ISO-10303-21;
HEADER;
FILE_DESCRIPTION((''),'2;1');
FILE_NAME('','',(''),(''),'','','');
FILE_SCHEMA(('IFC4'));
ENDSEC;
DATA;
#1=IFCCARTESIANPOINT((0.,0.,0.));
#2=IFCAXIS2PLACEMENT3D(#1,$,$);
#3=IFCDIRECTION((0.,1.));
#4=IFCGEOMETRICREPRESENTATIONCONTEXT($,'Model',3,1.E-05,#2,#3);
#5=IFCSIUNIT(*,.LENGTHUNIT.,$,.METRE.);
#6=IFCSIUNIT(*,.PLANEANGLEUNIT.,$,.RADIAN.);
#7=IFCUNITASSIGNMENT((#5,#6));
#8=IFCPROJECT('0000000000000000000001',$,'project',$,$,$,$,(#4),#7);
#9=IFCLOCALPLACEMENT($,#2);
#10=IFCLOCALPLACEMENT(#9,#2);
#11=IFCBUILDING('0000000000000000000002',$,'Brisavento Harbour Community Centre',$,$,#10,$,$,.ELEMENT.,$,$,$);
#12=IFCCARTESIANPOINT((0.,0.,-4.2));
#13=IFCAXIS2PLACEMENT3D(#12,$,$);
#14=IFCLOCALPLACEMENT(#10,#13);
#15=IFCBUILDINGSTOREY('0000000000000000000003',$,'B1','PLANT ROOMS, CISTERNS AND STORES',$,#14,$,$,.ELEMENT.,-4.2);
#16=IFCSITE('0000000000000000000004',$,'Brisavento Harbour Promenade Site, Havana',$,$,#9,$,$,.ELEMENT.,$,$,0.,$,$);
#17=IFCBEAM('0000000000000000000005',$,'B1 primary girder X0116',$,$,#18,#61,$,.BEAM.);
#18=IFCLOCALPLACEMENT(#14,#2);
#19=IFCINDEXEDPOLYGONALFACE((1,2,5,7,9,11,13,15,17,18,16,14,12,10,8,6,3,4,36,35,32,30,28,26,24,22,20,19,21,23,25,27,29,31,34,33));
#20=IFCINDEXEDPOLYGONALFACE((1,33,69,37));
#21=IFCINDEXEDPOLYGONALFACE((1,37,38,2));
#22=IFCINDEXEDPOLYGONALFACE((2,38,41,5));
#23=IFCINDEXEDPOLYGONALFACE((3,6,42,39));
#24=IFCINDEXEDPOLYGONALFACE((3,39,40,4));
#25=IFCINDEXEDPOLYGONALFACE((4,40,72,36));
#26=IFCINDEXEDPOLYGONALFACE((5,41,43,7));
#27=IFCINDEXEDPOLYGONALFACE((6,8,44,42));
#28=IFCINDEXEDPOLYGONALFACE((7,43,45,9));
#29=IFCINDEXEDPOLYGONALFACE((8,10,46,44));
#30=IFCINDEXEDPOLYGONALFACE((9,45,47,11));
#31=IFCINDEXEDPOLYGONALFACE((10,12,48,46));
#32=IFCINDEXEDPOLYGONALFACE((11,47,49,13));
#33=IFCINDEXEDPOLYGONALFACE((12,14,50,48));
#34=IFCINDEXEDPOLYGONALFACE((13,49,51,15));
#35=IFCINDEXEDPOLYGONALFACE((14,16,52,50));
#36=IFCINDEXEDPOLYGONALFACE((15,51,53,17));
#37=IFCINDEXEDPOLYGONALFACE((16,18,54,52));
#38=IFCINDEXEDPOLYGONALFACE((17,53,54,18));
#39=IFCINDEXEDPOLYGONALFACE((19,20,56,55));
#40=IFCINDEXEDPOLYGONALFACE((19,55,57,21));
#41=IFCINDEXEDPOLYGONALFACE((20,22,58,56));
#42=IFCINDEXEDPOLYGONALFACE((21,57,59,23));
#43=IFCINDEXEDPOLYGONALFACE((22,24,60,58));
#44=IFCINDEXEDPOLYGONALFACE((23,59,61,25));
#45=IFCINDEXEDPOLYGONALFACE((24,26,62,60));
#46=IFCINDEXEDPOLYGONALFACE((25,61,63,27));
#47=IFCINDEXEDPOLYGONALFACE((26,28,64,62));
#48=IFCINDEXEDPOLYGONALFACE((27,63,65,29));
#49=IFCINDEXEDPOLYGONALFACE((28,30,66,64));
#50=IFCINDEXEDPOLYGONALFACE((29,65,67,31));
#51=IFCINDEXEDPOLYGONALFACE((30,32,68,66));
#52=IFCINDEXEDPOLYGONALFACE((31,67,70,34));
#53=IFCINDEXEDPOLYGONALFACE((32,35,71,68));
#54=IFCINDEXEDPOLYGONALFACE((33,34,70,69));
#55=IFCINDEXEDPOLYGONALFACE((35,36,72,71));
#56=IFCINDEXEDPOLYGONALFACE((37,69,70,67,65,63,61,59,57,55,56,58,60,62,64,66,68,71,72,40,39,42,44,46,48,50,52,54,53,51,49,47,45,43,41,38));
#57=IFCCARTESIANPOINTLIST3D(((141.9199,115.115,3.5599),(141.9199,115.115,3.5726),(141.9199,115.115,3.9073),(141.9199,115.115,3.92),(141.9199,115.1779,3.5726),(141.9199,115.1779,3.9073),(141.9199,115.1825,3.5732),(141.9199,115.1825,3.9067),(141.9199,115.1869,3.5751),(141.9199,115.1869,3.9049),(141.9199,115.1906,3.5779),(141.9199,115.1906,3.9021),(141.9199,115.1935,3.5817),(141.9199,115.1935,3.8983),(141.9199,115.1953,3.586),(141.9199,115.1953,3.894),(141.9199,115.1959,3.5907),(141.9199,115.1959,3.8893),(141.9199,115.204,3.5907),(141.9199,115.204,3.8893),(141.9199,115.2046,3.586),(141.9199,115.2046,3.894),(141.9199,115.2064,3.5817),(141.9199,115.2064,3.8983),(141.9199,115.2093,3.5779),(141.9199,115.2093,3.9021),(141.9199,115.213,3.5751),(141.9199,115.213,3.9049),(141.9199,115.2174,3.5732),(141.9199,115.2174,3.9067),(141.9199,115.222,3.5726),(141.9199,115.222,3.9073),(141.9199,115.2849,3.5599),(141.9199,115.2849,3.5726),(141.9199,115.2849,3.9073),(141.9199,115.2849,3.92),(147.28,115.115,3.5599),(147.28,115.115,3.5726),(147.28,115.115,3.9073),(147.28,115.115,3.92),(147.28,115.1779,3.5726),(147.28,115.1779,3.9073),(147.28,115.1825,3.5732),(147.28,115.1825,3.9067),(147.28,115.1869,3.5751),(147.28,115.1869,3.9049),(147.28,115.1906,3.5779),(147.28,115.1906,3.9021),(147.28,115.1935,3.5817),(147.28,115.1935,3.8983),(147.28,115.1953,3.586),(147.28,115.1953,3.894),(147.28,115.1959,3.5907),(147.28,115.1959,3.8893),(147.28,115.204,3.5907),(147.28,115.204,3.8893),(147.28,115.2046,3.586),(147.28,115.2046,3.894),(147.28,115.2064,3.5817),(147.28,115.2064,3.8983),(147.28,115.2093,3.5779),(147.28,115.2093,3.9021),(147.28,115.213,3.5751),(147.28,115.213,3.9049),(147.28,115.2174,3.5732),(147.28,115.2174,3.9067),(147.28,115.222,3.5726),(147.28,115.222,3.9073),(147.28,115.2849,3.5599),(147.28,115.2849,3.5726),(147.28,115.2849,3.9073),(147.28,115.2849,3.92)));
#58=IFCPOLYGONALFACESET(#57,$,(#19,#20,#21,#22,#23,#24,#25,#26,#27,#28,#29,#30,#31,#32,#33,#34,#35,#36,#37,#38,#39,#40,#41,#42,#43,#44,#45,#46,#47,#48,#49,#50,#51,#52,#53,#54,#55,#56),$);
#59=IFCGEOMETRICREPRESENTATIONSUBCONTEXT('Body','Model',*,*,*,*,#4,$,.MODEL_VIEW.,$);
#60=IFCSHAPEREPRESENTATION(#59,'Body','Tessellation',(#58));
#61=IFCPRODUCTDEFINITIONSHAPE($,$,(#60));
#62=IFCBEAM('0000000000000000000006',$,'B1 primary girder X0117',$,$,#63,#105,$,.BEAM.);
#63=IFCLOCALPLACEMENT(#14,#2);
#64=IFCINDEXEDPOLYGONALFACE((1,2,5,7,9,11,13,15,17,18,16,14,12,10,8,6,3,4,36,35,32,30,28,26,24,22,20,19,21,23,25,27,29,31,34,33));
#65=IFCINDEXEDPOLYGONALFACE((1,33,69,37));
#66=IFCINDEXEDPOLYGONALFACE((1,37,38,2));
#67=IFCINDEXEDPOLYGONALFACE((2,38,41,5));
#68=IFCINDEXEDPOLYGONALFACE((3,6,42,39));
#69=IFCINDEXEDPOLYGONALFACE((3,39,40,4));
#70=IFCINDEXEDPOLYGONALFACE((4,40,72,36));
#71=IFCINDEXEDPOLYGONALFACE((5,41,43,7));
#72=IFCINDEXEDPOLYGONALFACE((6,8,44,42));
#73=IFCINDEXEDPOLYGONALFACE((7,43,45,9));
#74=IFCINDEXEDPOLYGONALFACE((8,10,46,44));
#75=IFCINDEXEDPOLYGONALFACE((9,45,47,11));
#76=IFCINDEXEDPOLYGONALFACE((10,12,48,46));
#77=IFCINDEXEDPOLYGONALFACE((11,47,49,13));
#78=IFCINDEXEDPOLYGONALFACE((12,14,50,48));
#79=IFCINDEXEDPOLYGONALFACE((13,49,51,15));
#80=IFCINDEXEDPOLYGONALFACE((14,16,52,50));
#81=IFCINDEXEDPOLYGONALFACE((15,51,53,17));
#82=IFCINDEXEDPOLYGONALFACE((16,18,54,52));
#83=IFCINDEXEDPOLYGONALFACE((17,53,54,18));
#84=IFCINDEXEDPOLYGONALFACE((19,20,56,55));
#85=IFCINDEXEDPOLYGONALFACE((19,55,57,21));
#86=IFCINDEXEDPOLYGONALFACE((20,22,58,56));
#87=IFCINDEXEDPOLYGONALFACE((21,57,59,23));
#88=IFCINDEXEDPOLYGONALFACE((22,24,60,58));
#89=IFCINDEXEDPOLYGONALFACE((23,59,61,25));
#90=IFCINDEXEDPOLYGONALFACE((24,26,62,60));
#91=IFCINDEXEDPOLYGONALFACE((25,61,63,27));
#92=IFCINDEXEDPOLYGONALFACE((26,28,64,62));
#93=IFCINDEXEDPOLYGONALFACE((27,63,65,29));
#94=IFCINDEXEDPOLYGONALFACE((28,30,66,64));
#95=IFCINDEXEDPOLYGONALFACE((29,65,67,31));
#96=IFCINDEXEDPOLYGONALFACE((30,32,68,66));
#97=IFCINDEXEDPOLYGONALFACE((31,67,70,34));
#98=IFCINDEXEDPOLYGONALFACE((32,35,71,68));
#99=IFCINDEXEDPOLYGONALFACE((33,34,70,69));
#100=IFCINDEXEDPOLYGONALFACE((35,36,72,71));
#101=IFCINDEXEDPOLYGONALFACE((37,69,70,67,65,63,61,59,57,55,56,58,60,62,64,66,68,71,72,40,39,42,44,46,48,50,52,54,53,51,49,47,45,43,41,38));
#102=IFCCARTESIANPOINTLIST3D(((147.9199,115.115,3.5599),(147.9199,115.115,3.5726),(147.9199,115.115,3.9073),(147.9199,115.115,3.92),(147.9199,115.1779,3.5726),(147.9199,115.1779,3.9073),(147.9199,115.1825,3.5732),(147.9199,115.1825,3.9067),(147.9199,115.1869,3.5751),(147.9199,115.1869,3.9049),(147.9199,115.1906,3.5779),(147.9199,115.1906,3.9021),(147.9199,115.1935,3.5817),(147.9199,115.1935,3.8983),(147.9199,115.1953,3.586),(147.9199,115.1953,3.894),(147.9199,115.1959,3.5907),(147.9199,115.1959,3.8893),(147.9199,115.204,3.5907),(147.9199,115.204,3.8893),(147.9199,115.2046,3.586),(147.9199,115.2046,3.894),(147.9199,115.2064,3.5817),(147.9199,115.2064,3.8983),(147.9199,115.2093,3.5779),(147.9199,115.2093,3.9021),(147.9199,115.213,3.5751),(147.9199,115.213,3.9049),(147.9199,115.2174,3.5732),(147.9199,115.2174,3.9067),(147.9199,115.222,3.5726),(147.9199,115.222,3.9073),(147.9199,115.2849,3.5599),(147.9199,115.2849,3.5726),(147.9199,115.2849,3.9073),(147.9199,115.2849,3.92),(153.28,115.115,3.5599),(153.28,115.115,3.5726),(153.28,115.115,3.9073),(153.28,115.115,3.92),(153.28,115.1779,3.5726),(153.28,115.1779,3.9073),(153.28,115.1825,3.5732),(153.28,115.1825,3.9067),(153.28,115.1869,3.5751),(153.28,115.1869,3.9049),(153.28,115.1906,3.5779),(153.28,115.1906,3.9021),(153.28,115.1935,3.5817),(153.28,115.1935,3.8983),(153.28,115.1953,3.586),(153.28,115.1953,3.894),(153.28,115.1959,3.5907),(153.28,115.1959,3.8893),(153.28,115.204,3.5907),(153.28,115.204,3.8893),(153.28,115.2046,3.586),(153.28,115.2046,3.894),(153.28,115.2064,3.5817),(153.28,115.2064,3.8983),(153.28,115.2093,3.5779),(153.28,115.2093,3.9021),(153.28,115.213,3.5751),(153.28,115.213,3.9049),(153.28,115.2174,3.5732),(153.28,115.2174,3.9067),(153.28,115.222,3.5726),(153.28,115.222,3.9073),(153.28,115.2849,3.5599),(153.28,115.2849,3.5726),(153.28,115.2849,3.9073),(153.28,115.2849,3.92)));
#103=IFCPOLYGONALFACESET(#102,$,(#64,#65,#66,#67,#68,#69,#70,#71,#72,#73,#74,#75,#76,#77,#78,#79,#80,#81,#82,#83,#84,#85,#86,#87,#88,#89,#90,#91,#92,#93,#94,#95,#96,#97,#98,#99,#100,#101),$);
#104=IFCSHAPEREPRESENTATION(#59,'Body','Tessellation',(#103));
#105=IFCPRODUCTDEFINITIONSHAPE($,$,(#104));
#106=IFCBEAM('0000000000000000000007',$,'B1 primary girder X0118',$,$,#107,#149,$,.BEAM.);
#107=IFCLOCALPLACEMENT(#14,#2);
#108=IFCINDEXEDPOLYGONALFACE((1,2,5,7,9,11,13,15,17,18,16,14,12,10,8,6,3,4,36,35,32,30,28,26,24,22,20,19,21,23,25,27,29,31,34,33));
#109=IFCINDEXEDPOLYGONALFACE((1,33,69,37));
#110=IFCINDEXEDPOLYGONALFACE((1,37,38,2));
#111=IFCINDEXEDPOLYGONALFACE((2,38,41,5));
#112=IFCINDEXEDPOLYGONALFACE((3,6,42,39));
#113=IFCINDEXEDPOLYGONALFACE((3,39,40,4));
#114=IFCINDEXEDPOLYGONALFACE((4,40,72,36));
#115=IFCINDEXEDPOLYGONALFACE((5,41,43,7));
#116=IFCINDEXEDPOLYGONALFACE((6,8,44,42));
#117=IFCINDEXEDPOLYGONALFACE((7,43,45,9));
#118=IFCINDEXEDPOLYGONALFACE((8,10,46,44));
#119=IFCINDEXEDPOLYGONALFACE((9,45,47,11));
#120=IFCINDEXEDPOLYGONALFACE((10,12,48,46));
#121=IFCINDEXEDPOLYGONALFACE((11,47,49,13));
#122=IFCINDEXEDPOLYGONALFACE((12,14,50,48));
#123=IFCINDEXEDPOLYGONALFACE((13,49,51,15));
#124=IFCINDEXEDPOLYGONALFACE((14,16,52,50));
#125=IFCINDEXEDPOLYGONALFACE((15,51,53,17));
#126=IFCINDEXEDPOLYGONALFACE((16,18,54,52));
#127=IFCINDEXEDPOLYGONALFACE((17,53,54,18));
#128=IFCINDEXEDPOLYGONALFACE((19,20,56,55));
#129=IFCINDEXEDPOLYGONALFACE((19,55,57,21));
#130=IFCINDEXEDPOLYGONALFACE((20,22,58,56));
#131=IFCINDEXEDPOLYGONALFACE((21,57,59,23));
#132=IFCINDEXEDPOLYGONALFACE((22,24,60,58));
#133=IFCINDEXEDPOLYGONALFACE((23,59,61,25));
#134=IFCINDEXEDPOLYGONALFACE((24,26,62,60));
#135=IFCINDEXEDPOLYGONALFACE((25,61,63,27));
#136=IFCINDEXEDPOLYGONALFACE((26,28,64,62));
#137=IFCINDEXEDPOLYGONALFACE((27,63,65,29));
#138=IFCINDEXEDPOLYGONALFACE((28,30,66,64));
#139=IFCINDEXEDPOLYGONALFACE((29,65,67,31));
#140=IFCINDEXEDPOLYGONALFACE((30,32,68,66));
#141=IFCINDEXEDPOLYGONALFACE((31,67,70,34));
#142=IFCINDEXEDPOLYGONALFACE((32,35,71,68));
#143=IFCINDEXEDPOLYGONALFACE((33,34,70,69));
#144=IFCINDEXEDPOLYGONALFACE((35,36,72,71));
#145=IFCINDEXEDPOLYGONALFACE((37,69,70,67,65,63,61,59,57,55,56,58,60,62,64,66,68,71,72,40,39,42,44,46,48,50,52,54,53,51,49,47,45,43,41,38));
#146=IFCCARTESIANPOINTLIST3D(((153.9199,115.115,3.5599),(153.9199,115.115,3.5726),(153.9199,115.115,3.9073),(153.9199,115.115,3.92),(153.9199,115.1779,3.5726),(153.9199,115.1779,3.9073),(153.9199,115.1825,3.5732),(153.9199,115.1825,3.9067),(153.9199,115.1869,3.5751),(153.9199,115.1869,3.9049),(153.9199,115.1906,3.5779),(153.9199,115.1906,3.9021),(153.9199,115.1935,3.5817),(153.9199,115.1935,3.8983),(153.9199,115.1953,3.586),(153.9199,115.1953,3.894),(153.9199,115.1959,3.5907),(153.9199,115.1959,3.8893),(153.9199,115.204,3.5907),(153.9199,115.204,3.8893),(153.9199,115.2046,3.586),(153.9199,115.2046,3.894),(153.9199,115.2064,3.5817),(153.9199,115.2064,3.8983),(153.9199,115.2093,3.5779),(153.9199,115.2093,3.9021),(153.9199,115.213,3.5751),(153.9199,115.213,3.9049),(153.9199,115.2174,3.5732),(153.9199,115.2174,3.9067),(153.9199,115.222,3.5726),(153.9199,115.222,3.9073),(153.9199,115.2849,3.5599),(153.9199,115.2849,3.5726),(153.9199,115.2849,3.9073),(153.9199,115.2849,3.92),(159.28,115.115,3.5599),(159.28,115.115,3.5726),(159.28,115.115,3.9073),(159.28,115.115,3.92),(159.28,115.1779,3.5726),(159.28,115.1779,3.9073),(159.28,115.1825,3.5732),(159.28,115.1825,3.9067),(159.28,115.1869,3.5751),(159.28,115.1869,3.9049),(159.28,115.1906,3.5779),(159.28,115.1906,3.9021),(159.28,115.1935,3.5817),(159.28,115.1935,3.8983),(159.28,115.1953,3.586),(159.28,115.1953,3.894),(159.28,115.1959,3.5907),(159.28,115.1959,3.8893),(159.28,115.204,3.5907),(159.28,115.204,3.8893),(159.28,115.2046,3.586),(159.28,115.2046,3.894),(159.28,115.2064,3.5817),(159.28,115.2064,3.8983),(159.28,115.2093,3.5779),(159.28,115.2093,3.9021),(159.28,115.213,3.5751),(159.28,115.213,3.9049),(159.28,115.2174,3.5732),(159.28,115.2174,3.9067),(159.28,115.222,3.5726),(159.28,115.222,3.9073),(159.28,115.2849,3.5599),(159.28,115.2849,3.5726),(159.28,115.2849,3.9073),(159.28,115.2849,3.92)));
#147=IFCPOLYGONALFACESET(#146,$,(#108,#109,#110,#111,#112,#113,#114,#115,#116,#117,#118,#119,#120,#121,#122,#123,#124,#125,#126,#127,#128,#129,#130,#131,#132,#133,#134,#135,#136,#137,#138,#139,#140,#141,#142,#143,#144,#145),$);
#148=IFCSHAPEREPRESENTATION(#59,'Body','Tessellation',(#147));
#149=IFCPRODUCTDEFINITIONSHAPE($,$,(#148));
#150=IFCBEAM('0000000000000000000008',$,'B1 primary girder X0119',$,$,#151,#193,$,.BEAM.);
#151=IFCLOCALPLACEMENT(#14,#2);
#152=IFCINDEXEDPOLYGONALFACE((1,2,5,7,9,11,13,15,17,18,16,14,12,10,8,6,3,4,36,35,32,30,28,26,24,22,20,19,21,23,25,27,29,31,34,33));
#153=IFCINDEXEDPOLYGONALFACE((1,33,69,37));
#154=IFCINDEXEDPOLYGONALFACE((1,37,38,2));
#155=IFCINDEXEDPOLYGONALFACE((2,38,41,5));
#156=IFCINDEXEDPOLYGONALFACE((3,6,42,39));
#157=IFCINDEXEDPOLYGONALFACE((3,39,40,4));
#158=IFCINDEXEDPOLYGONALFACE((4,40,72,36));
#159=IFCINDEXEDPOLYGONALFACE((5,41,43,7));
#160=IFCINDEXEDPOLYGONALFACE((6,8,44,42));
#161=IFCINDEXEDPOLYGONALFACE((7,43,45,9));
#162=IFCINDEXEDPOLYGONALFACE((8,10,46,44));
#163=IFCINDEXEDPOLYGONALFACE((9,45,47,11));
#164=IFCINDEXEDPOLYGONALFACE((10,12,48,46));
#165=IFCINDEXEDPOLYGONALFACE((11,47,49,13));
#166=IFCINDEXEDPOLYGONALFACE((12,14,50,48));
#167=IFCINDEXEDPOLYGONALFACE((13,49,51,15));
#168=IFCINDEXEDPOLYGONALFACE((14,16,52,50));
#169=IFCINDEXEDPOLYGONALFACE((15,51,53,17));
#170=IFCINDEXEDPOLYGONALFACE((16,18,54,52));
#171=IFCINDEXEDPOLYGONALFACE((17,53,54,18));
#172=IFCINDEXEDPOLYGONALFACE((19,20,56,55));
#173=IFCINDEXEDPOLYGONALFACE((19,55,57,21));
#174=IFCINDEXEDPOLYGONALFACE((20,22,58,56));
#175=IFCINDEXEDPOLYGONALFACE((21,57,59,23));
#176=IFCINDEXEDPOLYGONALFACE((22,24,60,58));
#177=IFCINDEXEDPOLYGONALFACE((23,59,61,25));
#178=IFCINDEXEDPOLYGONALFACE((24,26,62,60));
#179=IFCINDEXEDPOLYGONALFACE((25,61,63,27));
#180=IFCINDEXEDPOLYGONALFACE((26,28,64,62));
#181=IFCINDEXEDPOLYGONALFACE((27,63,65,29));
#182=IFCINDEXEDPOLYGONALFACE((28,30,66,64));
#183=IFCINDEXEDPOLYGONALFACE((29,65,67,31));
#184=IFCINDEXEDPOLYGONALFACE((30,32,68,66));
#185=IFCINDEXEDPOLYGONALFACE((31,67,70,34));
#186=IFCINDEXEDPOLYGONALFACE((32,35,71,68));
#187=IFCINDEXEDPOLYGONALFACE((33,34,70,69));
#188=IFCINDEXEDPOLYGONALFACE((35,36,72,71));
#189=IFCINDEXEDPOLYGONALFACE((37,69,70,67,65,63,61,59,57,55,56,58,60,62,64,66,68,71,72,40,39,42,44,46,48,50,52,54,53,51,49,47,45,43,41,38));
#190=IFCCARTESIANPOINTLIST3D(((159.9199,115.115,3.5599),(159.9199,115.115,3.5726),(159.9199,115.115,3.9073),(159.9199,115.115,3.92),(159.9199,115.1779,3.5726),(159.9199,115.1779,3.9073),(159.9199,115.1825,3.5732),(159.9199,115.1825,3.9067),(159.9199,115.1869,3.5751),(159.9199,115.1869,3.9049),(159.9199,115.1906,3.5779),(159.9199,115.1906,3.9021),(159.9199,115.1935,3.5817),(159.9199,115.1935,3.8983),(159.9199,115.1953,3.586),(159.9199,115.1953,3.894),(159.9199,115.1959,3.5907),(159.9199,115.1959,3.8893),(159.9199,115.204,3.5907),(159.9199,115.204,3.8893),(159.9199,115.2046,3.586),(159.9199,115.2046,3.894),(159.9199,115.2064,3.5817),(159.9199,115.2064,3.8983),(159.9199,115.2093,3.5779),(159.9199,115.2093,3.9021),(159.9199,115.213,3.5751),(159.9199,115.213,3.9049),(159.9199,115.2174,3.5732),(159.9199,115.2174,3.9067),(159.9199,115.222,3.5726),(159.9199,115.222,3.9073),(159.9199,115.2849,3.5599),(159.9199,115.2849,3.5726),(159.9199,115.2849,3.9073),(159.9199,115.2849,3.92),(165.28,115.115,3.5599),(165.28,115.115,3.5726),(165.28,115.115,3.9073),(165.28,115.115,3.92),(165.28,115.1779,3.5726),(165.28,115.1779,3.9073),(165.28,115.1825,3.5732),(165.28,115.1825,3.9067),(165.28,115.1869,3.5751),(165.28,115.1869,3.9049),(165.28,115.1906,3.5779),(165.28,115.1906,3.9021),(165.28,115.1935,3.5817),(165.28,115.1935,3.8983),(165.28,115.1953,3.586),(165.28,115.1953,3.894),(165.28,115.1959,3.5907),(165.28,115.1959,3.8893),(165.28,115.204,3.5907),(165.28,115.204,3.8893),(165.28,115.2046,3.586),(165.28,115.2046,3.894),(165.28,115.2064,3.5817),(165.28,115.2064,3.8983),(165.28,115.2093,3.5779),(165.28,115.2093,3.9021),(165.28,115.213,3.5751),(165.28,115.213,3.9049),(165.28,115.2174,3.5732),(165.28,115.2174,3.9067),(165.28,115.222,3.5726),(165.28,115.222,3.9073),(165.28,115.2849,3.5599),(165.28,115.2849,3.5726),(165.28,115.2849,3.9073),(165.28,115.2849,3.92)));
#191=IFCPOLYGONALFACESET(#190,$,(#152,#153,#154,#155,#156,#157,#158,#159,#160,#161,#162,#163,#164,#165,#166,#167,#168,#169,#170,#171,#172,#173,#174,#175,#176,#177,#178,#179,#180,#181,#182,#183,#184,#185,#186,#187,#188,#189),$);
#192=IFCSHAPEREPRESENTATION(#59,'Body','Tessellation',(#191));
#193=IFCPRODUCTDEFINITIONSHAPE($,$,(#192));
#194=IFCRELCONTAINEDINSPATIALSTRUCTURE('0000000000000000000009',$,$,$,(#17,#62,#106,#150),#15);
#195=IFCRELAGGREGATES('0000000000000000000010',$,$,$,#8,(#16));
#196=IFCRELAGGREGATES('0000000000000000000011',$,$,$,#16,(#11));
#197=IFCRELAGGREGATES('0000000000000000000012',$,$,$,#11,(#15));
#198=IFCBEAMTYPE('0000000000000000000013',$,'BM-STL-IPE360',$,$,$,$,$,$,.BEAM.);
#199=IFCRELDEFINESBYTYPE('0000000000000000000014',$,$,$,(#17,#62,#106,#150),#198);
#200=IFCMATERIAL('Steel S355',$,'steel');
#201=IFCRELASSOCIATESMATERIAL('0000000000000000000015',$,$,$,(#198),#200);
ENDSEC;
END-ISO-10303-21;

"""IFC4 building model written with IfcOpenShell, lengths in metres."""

from ifc_helpers import new_model, si_unit, direction, frame, origin, origin_2d, place, context, subcontext, project, spatial, i_section, extrude, material, material_profile, profile_set, type_object, element, save


model = new_model("IFC4")

# Units and contexts
model_context = context("Model", 3, precision=1e-05, world=origin(), true_north=direction((0.0, 1.0)))
body_context = subcontext(model_context, "Body", "Model", "MODEL_VIEW")
ifc_project = project(units=[si_unit("LENGTHUNIT", "METRE"), si_unit("PLANEANGLEUNIT", "RADIAN")], contexts=[model_context])

# Site, building, storey
site_placement = place(None, origin())
site = spatial("IfcSite", under=ifc_project, at=site_placement, Name="Brisavento Harbour Promenade Site, Havana", CompositionType="ELEMENT", RefElevation=0.0)
building_placement = place(site_placement, origin())
building = spatial("IfcBuilding", under=site, at=building_placement, Name="Brisavento Harbour Community Centre", CompositionType="ELEMENT")
storey_placement = place(building_placement, frame((0.0, 0.0, -4.2)))
storey = spatial("IfcBuildingStorey", under=building, at=storey_placement, Name="B1", Description="PLANT ROOMS, CISTERNS AND STORES", CompositionType="ELEMENT", Elevation=-4.2)

# Beams
ifc_material_1 = material(Name="Steel S355", Category="steel")
ifc_material_profile_1 = material_profile(ifc_material_1, i_section(OverallWidth=0.1699, OverallDepth=0.3601, WebThickness=0.0081, FlangeThickness=0.0127, FilletRadius=0.0181, at=origin_2d()), Name="Steel S355")
ifc_profile_set_1 = profile_set([ifc_material_profile_1], Name="Steel S355")
beam_type = type_object("IfcBeamType", Name="BM-STL-IPE360", PredefinedType="BEAM", material=ifc_profile_set_1)
for number, where, z_axis, x_axis, name in (
    (1, (141.9199, 115.2, 3.74), (1.0, 0.0, 0.0), (0.0, 1.0, 0.0), "B1 primary girder X0116"),
    (2, (147.9199, 115.2, 3.74), (1.0, 0.0, 0.0), (0.0, 1.0, 0.0), "B1 primary girder X0117"),
    (3, (153.9199, 115.2, 3.74), (1.0, 0.0, 0.0), (0.0, 1.0, 0.0), "B1 primary girder X0118"),
    (4, (159.9199, 115.2, 3.74), (1.0, 0.0, 0.0), (0.0, 1.0, 0.0), "B1 primary girder X0119"),
):
    element("IfcBeam", number, at=place(storey_placement, frame(where, z_axis=z_axis, x_axis=x_axis)), inside=storey, type_object=beam_type, Name=name, PredefinedType="BEAM", context=body_context, shape_type="SweptSolid", body=[
        extrude(i_section(OverallWidth=0.1699, OverallDepth=0.3601, WebThickness=0.0081, FlangeThickness=0.0127, FilletRadius=0.0181, at=origin_2d()), origin(), (0.0, 0.0, 1.0), 5.3601),
    ])

save(model, "model.ifc")
